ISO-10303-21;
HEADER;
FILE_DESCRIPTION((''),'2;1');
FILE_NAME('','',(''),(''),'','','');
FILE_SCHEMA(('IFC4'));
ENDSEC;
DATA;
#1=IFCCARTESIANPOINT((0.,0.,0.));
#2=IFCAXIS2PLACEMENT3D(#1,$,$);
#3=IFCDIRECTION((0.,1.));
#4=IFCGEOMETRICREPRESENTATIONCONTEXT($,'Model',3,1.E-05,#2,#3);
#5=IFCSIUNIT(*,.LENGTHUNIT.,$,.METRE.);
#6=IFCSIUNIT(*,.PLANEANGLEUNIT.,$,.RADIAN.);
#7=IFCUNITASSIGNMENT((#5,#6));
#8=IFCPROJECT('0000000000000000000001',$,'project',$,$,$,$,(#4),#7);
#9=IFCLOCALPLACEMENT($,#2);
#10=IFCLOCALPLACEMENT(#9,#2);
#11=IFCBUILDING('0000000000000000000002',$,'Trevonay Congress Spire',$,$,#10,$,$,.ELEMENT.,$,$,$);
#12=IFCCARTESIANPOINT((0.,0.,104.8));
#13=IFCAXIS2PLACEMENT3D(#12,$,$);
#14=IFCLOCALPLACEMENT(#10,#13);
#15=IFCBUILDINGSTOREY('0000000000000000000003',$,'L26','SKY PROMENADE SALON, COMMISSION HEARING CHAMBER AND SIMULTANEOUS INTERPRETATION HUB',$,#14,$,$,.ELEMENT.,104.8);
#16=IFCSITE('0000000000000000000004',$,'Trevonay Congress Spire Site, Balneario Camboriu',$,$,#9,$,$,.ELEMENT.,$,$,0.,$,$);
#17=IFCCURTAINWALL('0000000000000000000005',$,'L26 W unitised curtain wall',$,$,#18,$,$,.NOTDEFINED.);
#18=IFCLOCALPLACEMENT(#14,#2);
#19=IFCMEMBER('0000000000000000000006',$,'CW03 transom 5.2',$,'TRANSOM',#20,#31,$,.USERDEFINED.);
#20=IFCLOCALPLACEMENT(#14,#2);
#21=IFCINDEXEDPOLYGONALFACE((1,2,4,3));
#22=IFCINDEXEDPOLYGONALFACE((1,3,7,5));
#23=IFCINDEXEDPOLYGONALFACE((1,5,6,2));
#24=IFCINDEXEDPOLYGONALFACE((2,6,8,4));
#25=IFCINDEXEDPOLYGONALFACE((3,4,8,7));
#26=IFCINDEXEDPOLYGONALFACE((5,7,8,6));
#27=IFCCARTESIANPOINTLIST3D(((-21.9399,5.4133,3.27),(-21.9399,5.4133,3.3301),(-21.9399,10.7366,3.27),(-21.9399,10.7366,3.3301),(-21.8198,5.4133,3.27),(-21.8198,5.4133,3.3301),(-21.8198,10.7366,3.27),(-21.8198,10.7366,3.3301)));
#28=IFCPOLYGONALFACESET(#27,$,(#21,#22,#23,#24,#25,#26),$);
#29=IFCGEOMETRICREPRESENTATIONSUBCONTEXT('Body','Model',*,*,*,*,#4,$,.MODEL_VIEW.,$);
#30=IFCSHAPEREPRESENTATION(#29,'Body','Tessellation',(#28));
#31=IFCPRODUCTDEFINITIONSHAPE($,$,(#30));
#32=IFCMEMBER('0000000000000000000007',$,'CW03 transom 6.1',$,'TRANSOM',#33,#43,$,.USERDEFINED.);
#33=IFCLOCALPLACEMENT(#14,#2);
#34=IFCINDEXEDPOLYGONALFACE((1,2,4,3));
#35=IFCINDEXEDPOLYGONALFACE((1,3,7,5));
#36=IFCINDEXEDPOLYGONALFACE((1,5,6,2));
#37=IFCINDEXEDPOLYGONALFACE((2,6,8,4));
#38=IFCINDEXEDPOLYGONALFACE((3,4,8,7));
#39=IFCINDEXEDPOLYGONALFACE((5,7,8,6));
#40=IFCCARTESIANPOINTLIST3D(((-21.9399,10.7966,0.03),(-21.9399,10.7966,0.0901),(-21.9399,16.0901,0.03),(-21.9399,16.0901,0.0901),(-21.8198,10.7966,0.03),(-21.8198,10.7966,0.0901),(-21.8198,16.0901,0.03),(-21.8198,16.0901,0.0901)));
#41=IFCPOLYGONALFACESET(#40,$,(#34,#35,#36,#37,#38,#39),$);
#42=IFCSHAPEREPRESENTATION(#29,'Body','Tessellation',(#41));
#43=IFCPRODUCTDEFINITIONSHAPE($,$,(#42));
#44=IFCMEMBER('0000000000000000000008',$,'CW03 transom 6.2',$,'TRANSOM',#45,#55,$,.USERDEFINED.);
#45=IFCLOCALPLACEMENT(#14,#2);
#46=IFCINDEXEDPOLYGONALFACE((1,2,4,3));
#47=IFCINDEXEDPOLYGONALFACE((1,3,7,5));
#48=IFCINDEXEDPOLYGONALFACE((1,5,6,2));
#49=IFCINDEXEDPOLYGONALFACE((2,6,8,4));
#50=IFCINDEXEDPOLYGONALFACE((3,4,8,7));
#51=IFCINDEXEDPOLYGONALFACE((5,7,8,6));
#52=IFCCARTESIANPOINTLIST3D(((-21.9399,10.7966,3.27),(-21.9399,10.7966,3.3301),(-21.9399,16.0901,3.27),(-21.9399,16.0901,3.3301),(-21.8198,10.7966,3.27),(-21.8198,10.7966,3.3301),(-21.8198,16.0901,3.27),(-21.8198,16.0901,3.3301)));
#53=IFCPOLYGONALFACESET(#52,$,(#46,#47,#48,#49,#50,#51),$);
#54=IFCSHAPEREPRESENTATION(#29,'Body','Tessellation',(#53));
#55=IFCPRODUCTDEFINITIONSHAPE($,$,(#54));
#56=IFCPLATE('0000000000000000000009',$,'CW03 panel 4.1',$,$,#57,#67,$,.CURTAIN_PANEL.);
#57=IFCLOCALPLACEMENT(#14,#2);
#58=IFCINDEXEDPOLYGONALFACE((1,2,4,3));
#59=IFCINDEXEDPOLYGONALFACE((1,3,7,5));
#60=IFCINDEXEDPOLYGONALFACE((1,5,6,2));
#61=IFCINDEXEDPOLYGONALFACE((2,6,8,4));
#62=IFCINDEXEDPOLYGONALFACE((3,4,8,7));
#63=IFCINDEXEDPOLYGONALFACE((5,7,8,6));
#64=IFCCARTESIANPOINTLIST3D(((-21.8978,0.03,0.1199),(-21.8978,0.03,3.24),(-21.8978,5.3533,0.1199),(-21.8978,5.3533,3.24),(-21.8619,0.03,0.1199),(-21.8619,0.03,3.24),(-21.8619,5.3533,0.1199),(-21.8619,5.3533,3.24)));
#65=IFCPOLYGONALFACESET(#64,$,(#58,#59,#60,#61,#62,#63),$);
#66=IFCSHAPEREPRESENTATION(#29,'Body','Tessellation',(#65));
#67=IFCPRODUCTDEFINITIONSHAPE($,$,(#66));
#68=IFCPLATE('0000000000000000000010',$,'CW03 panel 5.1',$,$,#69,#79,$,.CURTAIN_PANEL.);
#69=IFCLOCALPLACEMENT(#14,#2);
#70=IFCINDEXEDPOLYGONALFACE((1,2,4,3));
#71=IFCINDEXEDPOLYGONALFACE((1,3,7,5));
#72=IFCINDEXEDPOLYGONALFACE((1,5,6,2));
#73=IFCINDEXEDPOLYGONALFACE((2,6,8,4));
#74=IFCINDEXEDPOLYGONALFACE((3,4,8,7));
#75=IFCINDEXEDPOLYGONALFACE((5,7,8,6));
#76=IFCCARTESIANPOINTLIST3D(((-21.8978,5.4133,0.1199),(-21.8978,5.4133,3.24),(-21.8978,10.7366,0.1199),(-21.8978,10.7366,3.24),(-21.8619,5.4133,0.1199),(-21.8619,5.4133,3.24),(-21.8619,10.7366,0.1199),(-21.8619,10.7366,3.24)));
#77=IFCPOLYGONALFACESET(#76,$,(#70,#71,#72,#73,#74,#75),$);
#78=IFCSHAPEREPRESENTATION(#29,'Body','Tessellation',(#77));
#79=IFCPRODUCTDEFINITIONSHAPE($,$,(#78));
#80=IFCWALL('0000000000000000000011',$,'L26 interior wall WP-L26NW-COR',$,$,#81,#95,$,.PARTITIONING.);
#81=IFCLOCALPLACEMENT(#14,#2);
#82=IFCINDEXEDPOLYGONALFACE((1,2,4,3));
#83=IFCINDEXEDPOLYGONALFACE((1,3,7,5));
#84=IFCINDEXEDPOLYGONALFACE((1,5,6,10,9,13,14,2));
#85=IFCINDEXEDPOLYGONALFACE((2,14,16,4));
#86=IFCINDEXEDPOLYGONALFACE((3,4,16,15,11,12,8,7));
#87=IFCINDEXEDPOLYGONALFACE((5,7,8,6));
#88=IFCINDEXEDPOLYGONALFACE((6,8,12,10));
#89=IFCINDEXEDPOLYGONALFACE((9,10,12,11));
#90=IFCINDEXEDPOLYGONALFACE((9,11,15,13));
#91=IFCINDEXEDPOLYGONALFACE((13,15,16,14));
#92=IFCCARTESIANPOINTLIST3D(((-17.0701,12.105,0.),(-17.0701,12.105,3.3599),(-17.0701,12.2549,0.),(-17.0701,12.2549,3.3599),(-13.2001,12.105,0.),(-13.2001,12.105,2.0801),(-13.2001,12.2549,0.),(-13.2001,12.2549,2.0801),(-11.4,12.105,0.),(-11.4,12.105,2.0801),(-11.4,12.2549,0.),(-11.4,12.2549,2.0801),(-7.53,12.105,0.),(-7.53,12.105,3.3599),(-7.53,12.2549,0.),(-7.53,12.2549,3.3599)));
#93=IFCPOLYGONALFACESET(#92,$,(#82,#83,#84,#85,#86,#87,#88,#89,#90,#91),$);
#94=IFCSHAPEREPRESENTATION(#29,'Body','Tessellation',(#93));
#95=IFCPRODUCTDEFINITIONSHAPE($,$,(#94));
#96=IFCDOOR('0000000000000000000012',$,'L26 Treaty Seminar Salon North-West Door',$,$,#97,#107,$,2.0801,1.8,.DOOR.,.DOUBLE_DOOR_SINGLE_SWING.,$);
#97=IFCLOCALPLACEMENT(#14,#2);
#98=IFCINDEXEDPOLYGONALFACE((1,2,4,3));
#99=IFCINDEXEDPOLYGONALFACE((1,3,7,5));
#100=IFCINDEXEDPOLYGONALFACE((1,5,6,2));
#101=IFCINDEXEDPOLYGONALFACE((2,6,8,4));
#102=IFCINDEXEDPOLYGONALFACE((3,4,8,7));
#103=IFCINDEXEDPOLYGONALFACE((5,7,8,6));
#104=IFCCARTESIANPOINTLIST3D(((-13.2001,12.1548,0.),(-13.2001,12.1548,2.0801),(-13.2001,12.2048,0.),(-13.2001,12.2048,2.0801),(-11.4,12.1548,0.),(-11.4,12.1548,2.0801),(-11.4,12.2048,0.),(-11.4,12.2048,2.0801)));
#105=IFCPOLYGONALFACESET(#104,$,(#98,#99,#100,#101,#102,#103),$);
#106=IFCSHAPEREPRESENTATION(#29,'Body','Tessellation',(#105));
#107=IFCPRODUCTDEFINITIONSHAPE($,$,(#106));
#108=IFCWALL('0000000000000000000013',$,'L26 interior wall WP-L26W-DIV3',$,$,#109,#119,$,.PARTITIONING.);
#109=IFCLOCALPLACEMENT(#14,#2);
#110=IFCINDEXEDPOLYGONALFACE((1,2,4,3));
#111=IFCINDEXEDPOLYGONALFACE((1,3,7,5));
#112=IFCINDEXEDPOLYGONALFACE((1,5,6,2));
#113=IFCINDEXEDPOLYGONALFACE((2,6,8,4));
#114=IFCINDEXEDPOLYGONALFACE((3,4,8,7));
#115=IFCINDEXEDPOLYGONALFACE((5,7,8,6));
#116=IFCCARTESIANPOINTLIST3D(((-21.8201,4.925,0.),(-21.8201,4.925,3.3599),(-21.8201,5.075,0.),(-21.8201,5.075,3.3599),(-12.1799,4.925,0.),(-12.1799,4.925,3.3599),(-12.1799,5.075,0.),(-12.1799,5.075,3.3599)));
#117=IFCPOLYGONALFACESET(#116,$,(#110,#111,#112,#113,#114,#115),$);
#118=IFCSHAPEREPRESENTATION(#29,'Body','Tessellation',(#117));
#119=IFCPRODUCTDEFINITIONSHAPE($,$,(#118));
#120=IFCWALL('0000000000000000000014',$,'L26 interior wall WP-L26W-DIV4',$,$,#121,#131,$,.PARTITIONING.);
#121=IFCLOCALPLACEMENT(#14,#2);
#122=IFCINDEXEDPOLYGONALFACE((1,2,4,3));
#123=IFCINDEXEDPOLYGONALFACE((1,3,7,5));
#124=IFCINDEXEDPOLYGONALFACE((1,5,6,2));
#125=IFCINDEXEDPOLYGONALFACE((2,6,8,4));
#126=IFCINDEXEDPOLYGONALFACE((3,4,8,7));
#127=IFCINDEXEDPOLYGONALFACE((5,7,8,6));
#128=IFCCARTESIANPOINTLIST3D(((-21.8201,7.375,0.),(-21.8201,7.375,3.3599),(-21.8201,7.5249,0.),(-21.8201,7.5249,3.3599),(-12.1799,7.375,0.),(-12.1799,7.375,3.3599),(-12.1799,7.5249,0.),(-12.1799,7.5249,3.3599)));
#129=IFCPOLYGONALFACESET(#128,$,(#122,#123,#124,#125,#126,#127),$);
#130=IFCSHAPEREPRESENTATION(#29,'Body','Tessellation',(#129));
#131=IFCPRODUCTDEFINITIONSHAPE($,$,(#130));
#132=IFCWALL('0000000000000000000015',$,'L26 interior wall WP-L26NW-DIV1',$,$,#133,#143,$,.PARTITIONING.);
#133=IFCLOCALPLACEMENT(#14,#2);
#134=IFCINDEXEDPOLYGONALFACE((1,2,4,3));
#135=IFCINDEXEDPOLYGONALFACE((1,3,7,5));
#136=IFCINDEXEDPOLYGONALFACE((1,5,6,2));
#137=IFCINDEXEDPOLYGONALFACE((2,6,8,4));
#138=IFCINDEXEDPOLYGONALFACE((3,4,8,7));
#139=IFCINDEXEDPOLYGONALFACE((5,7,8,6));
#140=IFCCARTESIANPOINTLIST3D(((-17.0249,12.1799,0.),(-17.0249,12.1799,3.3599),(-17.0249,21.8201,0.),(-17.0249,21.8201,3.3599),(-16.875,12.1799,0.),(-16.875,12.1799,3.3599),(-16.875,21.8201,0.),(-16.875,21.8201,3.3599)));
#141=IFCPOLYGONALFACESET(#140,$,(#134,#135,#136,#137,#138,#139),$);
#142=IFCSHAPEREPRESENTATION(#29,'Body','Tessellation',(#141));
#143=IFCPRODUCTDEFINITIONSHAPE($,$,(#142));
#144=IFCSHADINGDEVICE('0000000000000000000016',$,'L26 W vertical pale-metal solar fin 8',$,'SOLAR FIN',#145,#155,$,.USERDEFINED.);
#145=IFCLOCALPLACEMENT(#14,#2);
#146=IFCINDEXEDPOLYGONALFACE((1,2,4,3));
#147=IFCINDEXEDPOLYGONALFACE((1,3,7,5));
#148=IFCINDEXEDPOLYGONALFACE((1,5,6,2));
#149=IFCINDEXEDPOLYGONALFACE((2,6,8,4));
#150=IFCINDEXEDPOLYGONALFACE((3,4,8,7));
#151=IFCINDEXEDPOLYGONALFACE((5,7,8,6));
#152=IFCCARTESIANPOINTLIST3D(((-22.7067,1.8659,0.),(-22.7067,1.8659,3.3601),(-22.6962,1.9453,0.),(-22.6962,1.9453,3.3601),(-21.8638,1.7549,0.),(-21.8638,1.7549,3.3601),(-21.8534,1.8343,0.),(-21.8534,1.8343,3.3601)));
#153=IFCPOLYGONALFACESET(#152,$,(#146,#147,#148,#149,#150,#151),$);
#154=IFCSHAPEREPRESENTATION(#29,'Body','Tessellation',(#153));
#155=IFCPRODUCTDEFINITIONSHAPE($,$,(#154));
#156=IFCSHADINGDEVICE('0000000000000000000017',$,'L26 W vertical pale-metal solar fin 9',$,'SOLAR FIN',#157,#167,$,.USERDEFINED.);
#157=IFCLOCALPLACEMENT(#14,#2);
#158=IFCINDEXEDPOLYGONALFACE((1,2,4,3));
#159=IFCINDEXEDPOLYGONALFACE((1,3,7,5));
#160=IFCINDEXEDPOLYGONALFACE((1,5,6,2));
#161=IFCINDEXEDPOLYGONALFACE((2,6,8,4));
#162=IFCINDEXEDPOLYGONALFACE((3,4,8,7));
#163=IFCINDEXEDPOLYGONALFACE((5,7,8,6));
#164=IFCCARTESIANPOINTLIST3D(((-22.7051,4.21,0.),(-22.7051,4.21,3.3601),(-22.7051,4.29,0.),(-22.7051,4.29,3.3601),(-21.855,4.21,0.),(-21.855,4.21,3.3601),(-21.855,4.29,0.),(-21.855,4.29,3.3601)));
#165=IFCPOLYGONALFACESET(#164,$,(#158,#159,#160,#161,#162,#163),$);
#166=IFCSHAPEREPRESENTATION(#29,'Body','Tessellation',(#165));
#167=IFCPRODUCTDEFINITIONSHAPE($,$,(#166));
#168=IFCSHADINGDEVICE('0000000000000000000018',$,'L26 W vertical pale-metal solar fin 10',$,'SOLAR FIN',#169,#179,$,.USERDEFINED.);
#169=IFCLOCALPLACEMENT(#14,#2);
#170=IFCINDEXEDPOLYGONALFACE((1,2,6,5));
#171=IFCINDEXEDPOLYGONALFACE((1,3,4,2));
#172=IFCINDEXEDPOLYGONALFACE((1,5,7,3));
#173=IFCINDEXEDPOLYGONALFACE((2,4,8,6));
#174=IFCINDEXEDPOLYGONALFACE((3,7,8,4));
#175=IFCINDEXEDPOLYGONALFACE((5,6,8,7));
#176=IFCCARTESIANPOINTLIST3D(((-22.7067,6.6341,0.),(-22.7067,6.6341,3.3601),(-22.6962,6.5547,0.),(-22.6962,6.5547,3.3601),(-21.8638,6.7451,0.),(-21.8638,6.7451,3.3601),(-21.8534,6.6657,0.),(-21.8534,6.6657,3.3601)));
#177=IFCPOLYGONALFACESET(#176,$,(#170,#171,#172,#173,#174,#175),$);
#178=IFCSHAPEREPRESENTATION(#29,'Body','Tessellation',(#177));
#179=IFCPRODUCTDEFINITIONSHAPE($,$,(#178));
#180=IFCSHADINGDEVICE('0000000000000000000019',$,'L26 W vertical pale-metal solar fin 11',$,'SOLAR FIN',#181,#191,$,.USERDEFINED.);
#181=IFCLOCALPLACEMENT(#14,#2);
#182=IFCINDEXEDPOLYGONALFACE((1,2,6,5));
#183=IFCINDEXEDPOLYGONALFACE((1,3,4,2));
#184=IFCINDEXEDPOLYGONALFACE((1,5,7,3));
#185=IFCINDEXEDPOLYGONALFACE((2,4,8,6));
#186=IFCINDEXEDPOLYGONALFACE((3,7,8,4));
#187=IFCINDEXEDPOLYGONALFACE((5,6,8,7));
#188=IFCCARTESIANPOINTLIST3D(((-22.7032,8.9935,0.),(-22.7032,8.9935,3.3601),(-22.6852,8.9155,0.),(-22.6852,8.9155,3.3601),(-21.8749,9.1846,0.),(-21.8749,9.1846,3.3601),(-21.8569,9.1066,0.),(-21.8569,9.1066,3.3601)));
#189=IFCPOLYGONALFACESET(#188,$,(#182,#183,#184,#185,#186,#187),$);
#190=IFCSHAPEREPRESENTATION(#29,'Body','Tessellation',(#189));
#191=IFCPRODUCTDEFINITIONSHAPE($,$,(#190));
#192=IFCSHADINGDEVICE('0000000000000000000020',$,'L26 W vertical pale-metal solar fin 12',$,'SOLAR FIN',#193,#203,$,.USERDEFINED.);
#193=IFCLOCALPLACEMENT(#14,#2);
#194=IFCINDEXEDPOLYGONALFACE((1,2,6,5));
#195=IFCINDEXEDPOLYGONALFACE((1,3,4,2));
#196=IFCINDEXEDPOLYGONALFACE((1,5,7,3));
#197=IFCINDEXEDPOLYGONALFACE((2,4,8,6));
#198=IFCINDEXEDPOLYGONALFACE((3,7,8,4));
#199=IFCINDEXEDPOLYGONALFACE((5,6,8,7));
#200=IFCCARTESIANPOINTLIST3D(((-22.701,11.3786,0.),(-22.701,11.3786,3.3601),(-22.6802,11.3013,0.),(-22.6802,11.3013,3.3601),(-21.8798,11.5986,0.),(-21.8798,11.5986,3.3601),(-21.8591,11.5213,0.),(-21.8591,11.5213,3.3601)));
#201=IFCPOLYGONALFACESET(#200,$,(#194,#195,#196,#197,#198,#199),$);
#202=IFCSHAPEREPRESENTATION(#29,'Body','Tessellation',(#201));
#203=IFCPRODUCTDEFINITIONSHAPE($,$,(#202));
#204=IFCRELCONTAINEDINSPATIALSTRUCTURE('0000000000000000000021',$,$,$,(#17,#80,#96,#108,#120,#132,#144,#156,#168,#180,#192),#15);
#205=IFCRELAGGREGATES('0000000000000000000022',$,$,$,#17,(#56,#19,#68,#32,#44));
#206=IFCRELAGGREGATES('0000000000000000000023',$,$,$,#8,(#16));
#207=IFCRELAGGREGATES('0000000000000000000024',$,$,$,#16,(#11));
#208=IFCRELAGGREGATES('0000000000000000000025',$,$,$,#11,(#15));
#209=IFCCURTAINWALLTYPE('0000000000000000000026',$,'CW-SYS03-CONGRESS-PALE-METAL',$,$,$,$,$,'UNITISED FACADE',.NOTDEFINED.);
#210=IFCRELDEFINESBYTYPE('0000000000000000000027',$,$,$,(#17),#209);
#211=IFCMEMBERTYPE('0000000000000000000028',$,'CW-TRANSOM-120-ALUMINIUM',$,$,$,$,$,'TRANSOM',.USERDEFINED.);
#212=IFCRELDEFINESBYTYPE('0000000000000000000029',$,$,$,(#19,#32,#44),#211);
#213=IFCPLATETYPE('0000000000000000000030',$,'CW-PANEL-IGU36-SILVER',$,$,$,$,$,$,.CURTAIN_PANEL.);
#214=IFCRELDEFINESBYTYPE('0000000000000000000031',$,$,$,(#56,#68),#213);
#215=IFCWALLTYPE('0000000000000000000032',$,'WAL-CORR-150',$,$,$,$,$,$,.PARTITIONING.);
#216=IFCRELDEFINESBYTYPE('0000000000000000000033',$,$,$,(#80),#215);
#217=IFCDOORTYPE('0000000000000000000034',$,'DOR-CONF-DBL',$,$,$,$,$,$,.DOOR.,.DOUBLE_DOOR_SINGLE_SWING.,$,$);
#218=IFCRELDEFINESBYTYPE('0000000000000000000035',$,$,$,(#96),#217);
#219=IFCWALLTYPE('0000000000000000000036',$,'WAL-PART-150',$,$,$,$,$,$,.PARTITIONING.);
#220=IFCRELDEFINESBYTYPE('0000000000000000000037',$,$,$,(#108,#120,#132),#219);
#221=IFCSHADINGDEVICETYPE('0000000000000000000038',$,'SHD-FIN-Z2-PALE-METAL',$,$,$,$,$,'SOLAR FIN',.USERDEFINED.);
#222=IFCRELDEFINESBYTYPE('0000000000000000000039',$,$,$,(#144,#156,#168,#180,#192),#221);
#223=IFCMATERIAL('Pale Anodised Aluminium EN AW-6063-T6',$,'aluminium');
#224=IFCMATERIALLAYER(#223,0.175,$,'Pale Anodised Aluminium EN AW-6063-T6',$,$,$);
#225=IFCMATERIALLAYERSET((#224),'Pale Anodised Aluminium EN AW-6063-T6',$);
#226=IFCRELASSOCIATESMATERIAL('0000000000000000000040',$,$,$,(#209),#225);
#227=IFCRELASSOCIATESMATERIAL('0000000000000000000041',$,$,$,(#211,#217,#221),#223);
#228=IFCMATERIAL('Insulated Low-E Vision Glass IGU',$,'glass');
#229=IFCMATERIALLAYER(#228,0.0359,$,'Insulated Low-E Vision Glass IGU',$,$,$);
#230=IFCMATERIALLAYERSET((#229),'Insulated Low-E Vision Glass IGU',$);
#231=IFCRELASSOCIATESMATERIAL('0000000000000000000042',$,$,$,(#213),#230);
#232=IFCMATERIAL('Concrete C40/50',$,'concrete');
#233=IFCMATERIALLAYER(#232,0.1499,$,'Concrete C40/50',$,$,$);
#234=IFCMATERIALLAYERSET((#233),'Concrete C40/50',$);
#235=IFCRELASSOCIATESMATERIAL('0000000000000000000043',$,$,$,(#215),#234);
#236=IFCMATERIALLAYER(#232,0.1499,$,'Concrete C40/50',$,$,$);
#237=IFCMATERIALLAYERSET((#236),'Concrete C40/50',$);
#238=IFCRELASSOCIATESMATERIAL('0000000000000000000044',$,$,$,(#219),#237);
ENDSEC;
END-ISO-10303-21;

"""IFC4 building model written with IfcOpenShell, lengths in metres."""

from ifc_helpers import new_model, si_unit, direction, frame, frame_2d, origin, origin_2d, place, context, subcontext, project, spatial, rectangle, extrude, material, layer, layer_set, material_profile, profile_set, type_object, element, fill, aggregate, save


model = new_model("IFC4")

# Units and contexts
model_context = context("Model", 3, precision=1e-05, world=origin(), true_north=direction((0.0, 1.0)))
body_context = subcontext(model_context, "Body", "Model", "MODEL_VIEW")
ifc_project = project(units=[si_unit("LENGTHUNIT", "METRE"), si_unit("PLANEANGLEUNIT", "RADIAN")], contexts=[model_context])

# Site, building, storey
site_placement = place(None, origin())
site = spatial("IfcSite", under=ifc_project, at=site_placement, Name="Trevonay Congress Spire Site, Balneario Camboriu", CompositionType="ELEMENT", RefElevation=0.0)
building_placement = place(site_placement, origin())
building = spatial("IfcBuilding", under=site, at=building_placement, Name="Trevonay Congress Spire", CompositionType="ELEMENT")
storey_placement = place(building_placement, frame((0.0, 0.0, 104.8)))
storey = spatial("IfcBuildingStorey", under=building, at=storey_placement, Name="L26", Description="SKY PROMENADE SALON, COMMISSION HEARING CHAMBER AND SIMULTANEOUS INTERPRETATION HUB", CompositionType="ELEMENT", Elevation=104.8)

# Curtain wall, members, plates
ifc_material_1 = material(Name="Pale Anodised Aluminium EN AW-6063-T6", Category="aluminium")
ifc_layer_1 = layer(ifc_material_1, 0.175, Name="Pale Anodised Aluminium EN AW-6063-T6")
ifc_layer_set_1 = layer_set([ifc_layer_1], Name="Pale Anodised Aluminium EN AW-6063-T6")
curtain_wall_type = type_object("IfcCurtainWallType", Name="CW-SYS03-CONGRESS-PALE-METAL", ElementType="UNITISED FACADE", PredefinedType="NOTDEFINED", material=ifc_layer_set_1)
curtain_wall_placement = place(storey_placement, origin())
curtain_wall = element("IfcCurtainWall", 1, at=curtain_wall_placement, inside=storey, type_object=curtain_wall_type, Name="L26 W unitised curtain wall", PredefinedType="NOTDEFINED")
ifc_material_profile_1 = material_profile(ifc_material_1, rectangle(XDim=0.1201, YDim=0.0601, at=origin_2d()), Name="CW-TRANSOM-120-ALUMINIUM")
ifc_profile_set_1 = profile_set([ifc_material_profile_1], Name="Pale Anodised Aluminium EN AW-6063-T6")
member_type_1 = type_object("IfcMemberType", Name="CW-TRANSOM-120-ALUMINIUM", ElementType="TRANSOM", PredefinedType="USERDEFINED", material=ifc_profile_set_1)
member_1_placement = place(storey_placement, frame((-21.8799, 5.4133, 3.3), z_axis=(0.0, 1.0, 0.0), x_axis=(-1.0, 0.0, 0.0)))
member_1 = element("IfcMember", 2, at=member_1_placement, type_object=member_type_1, Name="CW03 transom 5.2", ObjectType="TRANSOM", PredefinedType="USERDEFINED", context=body_context, shape_type="SweptSolid", body=[
    extrude(rectangle(XDim=0.1201, YDim=0.0601, at=origin_2d()), origin(), (0.0, 0.0, 1.0), 5.3232),
])
member_2_placement = place(storey_placement, frame((-21.8799, 10.7966, 0.0601), z_axis=(0.0, 1.0, 0.0), x_axis=(-1.0, 0.0, 0.0)))
member_2 = element("IfcMember", 3, at=member_2_placement, type_object=member_type_1, Name="CW03 transom 6.1", ObjectType="TRANSOM", PredefinedType="USERDEFINED", context=body_context, shape_type="SweptSolid", body=[
    extrude(rectangle(XDim=0.1201, YDim=0.0601, at=origin_2d()), origin(), (0.0, 0.0, 1.0), 5.2935),
])
member_3_placement = place(storey_placement, frame((-21.8799, 10.7966, 3.3), z_axis=(0.0, 1.0, 0.0), x_axis=(-1.0, 0.0, 0.0)))
member_3 = element("IfcMember", 4, at=member_3_placement, type_object=member_type_1, Name="CW03 transom 6.2", ObjectType="TRANSOM", PredefinedType="USERDEFINED", context=body_context, shape_type="SweptSolid", body=[
    extrude(rectangle(XDim=0.1201, YDim=0.0601, at=origin_2d()), origin(), (0.0, 0.0, 1.0), 5.2935),
])
ifc_material_2 = material(Name="Insulated Low-E Vision Glass IGU", Category="glass")
ifc_layer_2 = layer(ifc_material_2, 0.0359, Name="Insulated Low-E Vision Glass IGU")
ifc_layer_set_2 = layer_set([ifc_layer_2], Name="Insulated Low-E Vision Glass IGU")
plate_type = type_object("IfcPlateType", Name="CW-PANEL-IGU36-SILVER", PredefinedType="CURTAIN_PANEL", material=ifc_layer_set_2)
plate_1_placement = place(storey_placement, frame((-21.8799, 2.6917, 0.1199), z_axis=(0.0, 0.0, 1.0), x_axis=(0.0, 1.0, 0.0)))
plate_1 = element("IfcPlate", 5, at=plate_1_placement, type_object=plate_type, Name="CW03 panel 4.1", PredefinedType="CURTAIN_PANEL", context=body_context, shape_type="SweptSolid", body=[
    extrude(rectangle(XDim=5.3232, YDim=0.0359, at=origin_2d()), origin(), (0.0, 0.0, 1.0), 3.1201),
])
plate_2_placement = place(storey_placement, frame((-21.8799, 8.075, 0.1199), z_axis=(0.0, 0.0, 1.0), x_axis=(0.0, 1.0, 0.0)))
plate_2 = element("IfcPlate", 6, at=plate_2_placement, type_object=plate_type, Name="CW03 panel 5.1", PredefinedType="CURTAIN_PANEL", context=body_context, shape_type="SweptSolid", body=[
    extrude(rectangle(XDim=5.3232, YDim=0.0359, at=origin_2d()), origin(), (0.0, 0.0, 1.0), 3.1201),
])
aggregate(curtain_wall, [plate_1, member_1, plate_2, member_2, member_3])

# Wall, opening, door
ifc_material_3 = material(Name="Concrete C40/50", Category="concrete")
ifc_layer_3 = layer(ifc_material_3, 0.1499, Name="Concrete C40/50")
ifc_layer_set_3 = layer_set([ifc_layer_3], Name="Concrete C40/50")
wall_type_1 = type_object("IfcWallType", Name="WAL-CORR-150", PredefinedType="PARTITIONING", material=ifc_layer_set_3)
wall_placement = place(storey_placement, frame((-17.0701, 12.1799, 0.0), z_axis=(0.0, 0.0, 1.0), x_axis=(1.0, 0.0, 0.0)))
wall = element("IfcWall", 7, at=wall_placement, inside=storey, type_object=wall_type_1, Name="L26 interior wall WP-L26NW-COR", PredefinedType="PARTITIONING", context=body_context, shape_type="SweptSolid", body=[
    extrude(rectangle(XDim=9.54, YDim=0.1499, at=frame_2d((4.77, 0.0))), origin(), (0.0, 0.0, 1.0), 3.3599),
])
opening_placement = place(wall_placement, frame((3.8701, 0.0, 0.0)))
opening = element("IfcOpeningElement", 8, at=opening_placement, cuts=wall, PredefinedType="OPENING", context=body_context, shape_type="SweptSolid", body=[
    extrude(rectangle(XDim=1.8, YDim=2.0801, at=frame_2d((0.8999, 1.04))), frame((0.0, 0.085, 0.0), z_axis=(0.0, -1.0, 0.0), x_axis=(1.0, 0.0, 0.0)), (0.0, 0.0, 1.0), 0.1699),
])
door_type = type_object("IfcDoorType", Name="DOR-CONF-DBL", OperationType="DOUBLE_DOOR_SINGLE_SWING", PredefinedType="DOOR", material=ifc_material_1)
door_placement = place(opening_placement, origin())
door = element("IfcDoor", 9, at=door_placement, inside=storey, type_object=door_type, Name="L26 Treaty Seminar Salon North-West Door", OperationType="DOUBLE_DOOR_SINGLE_SWING", OverallHeight=2.0801, OverallWidth=1.8, PredefinedType="DOOR", context=body_context, shape_type="SweptSolid", body=[
    extrude(rectangle(XDim=1.8, YDim=2.0801, at=frame_2d((0.8999, 1.04))), frame((0.0, 0.0249, 0.0), z_axis=(0.0, -1.0, 0.0), x_axis=(1.0, 0.0, 0.0)), (0.0, 0.0, 1.0), 0.05),
])
fill(opening, door)

# Walls
ifc_layer_4 = layer(ifc_material_3, 0.1499, Name="Concrete C40/50")
ifc_layer_set_4 = layer_set([ifc_layer_4], Name="Concrete C40/50")
wall_type_2 = type_object("IfcWallType", Name="WAL-PART-150", PredefinedType="PARTITIONING", material=ifc_layer_set_4)
for number, where, z_axis, x_axis, name in (
    (10, (-21.8201, 5.0, 0.0), (0.0, 0.0, 1.0), (1.0, 0.0, 0.0), "L26 interior wall WP-L26W-DIV3"),
    (11, (-21.8201, 7.45, 0.0), (0.0, 0.0, 1.0), (1.0, 0.0, 0.0), "L26 interior wall WP-L26W-DIV4"),
    (12, (-16.95, 12.1799, 0.0), (0.0, 0.0, 1.0), (0.0, 1.0, 0.0), "L26 interior wall WP-L26NW-DIV1"),
):
    element("IfcWall", number, at=place(storey_placement, frame(where, z_axis=z_axis, x_axis=x_axis)), inside=storey, type_object=wall_type_2, Name=name, PredefinedType="PARTITIONING", context=body_context, shape_type="SweptSolid", body=[
        extrude(rectangle(XDim=9.6401, YDim=0.1499, at=frame_2d((4.8201, 0.0))), origin(), (0.0, 0.0, 1.0), 3.3599),
    ])

# Shading devices
shading_device_type = type_object("IfcShadingDeviceType", Name="SHD-FIN-Z2-PALE-METAL", ElementType="SOLAR FIN", PredefinedType="USERDEFINED", material=ifc_material_1)
for number, where, z_axis, x_axis, name in (
    (13, (-22.28, 1.8501, 0.0), (0.0, 0.0, 1.0), (0.130526, 0.991445, 0.0), "L26 W vertical pale-metal solar fin 8"),
    (14, (-22.28, 4.25, 0.0), (0.0, 0.0, 1.0), (0.0, 1.0, 0.0), "L26 W vertical pale-metal solar fin 9"),
    (15, (-22.28, 6.6499, 0.0), (0.0, 0.0, 1.0), (-0.130526, 0.991445, 0.0), "L26 W vertical pale-metal solar fin 10"),
    (16, (-22.28, 9.05, 0.0), (0.0, 0.0, 1.0), (-0.224781, 0.974409, 0.0), "L26 W vertical pale-metal solar fin 11"),
    (17, (-22.28, 11.45, 0.0), (0.0, 0.0, 1.0), (-0.258819, 0.965926, 0.0), "L26 W vertical pale-metal solar fin 12"),
):
    element("IfcShadingDevice", number, at=place(storey_placement, frame(where, z_axis=z_axis, x_axis=x_axis)), inside=storey, type_object=shading_device_type, Name=name, ObjectType="SOLAR FIN", PredefinedType="USERDEFINED", context=body_context, shape_type="SweptSolid", body=[
        extrude(rectangle(XDim=0.0801, YDim=0.8501, at=origin_2d()), origin(), (0.0, 0.0, 1.0), 3.3601),
    ])

save(model, "model.ifc")
